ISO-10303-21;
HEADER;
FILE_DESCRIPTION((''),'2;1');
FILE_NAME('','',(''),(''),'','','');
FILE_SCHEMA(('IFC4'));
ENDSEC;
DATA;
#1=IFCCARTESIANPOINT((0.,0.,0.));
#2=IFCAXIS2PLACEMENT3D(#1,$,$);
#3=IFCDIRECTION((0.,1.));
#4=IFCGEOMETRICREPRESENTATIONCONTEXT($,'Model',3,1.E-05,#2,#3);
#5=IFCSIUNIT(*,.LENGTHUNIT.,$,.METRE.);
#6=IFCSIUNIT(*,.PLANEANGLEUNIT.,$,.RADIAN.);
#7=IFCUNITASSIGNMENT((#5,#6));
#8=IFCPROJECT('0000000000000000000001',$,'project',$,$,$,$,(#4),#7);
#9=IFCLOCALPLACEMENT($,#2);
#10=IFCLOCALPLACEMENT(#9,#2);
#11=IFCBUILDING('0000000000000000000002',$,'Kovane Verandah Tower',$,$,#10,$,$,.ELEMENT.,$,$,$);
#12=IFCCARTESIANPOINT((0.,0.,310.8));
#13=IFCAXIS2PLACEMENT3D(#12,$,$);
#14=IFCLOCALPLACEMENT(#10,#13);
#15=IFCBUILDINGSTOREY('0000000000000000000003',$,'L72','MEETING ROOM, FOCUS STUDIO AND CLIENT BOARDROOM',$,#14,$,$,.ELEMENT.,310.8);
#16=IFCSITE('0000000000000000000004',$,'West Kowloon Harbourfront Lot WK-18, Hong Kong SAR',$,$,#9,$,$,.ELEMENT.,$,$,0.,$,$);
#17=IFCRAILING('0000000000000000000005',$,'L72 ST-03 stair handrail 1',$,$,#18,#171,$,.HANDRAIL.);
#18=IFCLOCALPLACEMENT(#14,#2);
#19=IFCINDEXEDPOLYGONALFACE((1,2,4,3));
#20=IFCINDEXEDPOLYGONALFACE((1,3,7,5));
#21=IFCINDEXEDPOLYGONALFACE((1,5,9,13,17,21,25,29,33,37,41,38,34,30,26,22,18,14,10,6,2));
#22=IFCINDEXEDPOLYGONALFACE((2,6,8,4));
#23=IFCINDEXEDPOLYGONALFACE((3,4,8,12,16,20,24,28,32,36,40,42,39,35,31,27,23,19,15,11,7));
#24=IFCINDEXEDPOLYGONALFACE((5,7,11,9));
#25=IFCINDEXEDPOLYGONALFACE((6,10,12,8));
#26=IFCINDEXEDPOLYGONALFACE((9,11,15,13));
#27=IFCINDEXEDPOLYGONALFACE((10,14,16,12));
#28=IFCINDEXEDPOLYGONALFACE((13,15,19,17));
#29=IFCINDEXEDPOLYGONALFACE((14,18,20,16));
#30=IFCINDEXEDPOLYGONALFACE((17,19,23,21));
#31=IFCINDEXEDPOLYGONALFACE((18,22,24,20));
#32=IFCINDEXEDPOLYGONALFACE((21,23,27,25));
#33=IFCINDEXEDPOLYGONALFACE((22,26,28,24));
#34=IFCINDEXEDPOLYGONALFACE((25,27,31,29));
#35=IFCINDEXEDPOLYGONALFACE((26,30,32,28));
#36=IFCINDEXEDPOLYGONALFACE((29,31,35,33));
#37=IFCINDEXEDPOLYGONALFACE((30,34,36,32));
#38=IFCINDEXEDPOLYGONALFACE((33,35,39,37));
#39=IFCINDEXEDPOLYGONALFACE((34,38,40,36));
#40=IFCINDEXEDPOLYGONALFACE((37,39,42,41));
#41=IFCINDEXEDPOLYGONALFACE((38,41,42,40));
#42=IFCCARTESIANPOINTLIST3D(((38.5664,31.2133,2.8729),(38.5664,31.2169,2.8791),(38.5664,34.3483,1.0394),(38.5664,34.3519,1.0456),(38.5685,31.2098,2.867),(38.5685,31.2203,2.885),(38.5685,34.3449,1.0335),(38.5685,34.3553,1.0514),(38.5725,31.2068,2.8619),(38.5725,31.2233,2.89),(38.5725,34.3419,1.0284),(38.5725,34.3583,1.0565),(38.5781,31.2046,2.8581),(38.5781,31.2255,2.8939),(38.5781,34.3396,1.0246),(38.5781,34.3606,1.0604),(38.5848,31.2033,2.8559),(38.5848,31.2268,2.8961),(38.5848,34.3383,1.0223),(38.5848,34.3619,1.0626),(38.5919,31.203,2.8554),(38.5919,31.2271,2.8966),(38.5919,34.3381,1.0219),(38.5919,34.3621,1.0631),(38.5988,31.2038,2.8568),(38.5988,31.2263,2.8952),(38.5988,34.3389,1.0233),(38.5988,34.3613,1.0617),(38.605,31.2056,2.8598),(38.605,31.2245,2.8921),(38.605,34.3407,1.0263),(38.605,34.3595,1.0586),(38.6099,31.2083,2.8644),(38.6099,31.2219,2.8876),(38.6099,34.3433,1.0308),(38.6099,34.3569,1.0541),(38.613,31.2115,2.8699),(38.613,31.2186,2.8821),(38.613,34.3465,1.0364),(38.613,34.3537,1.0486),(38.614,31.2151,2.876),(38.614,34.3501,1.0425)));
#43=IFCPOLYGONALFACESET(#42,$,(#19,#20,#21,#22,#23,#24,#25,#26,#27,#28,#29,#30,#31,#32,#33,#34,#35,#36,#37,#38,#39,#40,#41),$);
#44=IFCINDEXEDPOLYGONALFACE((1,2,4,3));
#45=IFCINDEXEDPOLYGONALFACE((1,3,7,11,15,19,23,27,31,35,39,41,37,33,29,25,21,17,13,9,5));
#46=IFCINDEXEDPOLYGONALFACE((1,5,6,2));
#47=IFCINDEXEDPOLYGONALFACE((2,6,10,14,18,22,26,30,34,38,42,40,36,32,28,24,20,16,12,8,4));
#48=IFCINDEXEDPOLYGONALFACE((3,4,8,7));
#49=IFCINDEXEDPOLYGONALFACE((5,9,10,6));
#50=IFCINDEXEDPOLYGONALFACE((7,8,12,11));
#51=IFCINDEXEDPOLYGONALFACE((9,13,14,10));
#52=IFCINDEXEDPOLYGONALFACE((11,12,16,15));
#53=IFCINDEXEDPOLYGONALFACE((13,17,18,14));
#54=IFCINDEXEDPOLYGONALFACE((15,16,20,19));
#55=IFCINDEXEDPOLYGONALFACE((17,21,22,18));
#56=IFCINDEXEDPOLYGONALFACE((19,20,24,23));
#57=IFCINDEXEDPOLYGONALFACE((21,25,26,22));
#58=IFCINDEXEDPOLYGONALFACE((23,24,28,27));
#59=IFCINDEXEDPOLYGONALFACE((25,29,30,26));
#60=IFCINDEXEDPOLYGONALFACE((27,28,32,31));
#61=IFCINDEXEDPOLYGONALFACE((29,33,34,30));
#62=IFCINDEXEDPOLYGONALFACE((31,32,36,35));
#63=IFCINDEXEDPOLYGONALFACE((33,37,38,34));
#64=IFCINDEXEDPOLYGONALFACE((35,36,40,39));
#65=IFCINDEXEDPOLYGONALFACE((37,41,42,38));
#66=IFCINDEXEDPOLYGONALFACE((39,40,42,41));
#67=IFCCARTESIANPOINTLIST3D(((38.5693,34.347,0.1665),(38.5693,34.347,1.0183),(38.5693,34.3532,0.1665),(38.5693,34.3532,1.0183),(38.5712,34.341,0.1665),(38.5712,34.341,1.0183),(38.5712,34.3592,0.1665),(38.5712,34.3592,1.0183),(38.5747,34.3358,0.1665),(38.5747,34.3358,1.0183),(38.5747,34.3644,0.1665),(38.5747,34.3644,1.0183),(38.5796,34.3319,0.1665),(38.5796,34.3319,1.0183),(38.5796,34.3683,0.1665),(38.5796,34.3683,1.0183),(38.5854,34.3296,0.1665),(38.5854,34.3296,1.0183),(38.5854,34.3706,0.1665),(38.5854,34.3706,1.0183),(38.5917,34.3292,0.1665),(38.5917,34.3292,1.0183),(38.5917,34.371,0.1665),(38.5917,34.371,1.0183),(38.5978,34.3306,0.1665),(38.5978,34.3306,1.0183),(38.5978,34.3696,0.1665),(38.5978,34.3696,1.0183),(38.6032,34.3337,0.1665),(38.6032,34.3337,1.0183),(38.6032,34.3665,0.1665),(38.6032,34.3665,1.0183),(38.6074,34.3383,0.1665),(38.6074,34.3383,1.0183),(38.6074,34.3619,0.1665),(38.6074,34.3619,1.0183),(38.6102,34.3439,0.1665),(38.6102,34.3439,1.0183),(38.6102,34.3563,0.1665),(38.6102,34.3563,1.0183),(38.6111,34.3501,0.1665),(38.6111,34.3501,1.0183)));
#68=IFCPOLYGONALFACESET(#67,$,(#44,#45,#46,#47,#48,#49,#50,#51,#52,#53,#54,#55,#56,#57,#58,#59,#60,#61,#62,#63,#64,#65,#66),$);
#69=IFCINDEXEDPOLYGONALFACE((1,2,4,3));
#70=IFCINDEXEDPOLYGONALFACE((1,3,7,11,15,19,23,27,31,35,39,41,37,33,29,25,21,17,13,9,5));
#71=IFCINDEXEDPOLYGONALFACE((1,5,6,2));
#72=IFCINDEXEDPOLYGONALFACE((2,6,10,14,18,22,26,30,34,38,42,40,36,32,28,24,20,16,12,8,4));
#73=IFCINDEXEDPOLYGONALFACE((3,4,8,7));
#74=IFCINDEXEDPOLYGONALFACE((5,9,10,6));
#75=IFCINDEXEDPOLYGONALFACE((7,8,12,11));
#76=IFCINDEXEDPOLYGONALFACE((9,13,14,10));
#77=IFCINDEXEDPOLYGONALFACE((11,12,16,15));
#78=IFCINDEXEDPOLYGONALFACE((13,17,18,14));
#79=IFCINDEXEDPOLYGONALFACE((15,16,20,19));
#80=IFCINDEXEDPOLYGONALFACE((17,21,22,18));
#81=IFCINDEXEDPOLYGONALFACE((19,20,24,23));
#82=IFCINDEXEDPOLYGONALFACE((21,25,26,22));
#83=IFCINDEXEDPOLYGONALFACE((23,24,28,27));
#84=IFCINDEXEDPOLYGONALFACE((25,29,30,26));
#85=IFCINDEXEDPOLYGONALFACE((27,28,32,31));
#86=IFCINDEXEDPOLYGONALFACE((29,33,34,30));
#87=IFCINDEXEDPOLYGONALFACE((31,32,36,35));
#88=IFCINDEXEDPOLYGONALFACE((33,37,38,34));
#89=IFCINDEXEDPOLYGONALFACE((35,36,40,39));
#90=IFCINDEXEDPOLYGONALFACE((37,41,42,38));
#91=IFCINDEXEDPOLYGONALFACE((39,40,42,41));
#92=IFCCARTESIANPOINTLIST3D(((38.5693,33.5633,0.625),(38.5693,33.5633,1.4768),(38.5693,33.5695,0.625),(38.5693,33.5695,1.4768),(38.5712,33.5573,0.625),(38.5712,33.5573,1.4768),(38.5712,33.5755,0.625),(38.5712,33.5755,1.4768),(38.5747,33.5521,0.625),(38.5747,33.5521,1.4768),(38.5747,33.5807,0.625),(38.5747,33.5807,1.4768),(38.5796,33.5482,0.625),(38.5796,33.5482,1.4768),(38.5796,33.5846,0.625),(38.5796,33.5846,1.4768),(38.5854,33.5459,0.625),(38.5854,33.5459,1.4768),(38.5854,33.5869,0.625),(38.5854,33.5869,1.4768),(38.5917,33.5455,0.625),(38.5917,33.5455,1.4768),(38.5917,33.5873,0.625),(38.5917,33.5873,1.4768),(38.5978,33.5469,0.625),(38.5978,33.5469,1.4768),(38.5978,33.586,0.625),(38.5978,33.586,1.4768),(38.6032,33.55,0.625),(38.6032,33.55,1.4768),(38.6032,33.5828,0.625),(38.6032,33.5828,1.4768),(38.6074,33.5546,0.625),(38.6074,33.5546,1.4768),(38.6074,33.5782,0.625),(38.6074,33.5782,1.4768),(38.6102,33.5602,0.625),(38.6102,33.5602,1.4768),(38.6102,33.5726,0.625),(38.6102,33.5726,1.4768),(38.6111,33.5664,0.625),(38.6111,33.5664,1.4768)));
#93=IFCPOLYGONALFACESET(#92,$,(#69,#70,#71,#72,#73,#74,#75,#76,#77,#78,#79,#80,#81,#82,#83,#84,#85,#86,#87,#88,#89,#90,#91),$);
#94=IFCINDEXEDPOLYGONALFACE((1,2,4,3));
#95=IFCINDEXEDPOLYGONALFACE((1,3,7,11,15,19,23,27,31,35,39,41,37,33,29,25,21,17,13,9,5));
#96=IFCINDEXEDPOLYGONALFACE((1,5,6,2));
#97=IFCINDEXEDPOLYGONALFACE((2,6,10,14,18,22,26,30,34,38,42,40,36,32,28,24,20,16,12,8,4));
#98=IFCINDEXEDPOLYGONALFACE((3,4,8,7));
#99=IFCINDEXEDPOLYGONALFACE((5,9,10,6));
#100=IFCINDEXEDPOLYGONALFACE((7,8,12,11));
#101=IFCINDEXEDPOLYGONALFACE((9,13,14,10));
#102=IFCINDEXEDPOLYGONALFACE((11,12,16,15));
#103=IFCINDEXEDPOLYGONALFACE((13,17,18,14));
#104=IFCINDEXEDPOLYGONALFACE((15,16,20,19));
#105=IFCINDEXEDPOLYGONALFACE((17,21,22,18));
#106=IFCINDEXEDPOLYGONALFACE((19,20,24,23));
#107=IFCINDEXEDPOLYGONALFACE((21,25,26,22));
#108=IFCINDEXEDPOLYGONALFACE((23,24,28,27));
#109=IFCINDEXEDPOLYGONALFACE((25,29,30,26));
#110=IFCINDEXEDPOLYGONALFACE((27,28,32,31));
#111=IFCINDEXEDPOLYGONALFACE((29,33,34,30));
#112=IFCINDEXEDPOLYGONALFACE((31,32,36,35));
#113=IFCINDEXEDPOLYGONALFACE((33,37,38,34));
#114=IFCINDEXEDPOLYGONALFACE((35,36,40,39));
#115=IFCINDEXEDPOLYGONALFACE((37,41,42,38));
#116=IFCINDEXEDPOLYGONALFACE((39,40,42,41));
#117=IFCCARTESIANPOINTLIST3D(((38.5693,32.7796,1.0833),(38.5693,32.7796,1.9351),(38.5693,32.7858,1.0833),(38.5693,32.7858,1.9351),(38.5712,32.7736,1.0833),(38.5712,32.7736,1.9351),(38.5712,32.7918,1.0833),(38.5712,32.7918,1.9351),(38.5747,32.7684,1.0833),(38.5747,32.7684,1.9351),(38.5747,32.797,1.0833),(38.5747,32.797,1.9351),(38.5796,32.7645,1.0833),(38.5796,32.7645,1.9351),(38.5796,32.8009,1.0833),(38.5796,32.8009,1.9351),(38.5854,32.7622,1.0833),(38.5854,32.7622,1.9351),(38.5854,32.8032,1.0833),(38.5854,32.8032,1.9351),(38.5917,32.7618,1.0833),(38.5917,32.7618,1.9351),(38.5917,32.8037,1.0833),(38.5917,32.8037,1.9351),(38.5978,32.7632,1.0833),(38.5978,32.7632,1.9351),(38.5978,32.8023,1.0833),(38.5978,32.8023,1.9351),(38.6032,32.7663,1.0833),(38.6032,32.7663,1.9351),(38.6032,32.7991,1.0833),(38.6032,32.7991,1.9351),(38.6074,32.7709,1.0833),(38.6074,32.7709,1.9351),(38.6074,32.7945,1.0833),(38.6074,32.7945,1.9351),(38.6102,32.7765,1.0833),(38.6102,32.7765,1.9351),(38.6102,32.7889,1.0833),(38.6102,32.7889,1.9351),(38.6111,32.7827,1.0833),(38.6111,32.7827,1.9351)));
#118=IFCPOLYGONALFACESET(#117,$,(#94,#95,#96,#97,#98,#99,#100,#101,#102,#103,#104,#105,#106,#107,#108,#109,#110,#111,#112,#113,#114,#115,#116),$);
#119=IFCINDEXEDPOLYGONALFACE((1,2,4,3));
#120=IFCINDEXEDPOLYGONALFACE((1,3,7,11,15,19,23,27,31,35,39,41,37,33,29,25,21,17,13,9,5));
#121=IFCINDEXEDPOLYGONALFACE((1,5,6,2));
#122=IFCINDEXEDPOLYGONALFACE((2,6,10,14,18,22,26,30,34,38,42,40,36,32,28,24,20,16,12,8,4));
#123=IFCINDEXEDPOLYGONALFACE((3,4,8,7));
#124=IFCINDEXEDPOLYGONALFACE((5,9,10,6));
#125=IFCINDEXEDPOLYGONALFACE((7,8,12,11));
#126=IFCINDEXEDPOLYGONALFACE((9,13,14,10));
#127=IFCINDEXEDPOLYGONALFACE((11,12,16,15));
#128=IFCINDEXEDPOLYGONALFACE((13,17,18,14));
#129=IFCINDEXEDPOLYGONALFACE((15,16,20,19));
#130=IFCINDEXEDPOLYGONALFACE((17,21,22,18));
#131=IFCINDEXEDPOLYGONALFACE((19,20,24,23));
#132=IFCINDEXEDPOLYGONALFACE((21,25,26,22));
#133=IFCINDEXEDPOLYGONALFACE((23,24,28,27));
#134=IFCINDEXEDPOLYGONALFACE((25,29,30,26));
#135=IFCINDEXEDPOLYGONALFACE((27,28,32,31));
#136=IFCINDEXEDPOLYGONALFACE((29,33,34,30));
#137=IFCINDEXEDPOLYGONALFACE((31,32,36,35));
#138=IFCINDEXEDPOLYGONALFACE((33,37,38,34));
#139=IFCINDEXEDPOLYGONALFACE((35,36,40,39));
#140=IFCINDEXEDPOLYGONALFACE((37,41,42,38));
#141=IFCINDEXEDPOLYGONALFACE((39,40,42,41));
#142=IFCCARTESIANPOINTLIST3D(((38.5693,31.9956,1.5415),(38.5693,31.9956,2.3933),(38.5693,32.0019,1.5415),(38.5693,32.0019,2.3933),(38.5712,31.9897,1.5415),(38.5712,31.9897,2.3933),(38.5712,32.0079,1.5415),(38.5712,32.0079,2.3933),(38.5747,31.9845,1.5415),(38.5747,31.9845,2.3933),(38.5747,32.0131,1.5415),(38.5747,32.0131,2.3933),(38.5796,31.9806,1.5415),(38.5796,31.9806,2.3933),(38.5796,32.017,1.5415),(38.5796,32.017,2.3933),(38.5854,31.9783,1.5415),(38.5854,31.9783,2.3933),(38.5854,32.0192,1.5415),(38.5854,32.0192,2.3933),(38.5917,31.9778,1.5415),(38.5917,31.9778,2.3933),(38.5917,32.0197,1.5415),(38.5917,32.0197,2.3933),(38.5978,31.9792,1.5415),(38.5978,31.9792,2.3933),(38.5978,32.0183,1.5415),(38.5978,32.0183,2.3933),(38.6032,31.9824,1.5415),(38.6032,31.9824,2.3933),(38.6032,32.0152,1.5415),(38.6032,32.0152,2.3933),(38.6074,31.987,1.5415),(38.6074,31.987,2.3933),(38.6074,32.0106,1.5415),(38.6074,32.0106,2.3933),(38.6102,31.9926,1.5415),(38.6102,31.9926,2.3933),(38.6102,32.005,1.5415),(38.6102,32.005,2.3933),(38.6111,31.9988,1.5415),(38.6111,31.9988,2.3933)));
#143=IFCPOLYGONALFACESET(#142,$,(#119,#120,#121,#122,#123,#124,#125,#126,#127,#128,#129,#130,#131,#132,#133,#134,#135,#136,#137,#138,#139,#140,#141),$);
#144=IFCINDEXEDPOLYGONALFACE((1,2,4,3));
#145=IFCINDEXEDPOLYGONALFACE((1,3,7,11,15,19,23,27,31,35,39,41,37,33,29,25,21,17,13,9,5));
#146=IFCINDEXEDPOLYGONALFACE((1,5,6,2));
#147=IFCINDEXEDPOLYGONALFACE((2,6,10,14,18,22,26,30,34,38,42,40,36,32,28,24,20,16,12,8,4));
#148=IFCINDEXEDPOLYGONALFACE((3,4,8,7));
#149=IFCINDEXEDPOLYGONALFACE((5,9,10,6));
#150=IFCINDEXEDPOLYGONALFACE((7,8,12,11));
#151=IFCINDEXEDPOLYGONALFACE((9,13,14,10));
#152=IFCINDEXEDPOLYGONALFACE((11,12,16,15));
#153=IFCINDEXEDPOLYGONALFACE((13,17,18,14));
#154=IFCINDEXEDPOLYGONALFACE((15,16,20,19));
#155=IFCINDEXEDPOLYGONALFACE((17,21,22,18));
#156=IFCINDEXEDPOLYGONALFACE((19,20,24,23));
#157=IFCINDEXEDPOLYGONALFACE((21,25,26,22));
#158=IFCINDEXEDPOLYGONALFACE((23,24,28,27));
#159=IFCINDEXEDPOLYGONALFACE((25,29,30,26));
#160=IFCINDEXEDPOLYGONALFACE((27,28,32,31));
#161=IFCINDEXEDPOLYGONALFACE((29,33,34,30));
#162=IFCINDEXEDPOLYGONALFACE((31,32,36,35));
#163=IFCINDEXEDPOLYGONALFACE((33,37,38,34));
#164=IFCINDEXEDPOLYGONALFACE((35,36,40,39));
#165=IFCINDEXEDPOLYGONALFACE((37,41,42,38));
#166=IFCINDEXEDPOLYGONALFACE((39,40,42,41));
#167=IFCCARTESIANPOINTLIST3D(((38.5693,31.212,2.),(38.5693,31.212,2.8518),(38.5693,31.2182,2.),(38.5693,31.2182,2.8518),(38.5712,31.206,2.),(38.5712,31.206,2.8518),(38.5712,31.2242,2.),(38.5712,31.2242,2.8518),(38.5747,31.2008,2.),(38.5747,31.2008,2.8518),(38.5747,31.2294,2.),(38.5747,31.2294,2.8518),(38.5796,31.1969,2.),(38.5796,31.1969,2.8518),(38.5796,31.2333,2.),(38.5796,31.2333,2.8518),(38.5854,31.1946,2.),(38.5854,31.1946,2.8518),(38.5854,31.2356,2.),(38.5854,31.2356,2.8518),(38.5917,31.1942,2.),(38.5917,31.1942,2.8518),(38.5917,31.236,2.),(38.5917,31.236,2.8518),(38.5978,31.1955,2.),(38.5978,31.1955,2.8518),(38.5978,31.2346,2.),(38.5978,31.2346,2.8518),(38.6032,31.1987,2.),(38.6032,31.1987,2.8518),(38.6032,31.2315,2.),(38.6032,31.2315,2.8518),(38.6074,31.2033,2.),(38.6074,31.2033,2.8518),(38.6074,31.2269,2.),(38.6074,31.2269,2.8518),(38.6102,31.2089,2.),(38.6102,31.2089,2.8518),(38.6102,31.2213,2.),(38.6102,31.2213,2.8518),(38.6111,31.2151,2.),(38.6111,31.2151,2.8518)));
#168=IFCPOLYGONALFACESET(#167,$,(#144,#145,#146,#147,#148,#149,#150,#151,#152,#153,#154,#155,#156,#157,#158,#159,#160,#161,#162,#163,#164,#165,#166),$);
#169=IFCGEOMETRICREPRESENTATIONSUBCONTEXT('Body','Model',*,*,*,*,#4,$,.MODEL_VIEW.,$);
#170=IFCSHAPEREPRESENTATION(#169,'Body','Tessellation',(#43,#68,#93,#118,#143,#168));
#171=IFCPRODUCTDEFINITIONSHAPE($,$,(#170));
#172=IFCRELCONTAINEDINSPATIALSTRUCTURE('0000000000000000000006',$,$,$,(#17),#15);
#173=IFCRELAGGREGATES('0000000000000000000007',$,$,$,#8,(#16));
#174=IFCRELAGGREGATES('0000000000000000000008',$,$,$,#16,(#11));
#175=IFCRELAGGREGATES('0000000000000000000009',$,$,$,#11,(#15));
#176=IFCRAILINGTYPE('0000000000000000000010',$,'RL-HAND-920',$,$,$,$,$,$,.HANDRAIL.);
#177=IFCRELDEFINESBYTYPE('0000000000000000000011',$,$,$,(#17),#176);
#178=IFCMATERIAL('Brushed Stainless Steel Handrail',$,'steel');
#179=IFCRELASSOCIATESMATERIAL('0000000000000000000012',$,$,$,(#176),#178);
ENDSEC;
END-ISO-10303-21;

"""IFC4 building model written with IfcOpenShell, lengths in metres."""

from ifc_helpers import new_model, si_unit, direction, frame, origin, origin_2d, place, context, subcontext, project, spatial, circle, extrude, material, type_object, element, save


model = new_model("IFC4")

# Units and contexts
model_context = context("Model", 3, precision=1e-05, world=origin(), true_north=direction((0.0, 1.0)))
body_context = subcontext(model_context, "Body", "Model", "MODEL_VIEW")
ifc_project = project(units=[si_unit("LENGTHUNIT", "METRE"), si_unit("PLANEANGLEUNIT", "RADIAN")], contexts=[model_context])

# Site, building, storey
site_placement = place(None, origin())
site = spatial("IfcSite", under=ifc_project, at=site_placement, Name="West Kowloon Harbourfront Lot WK-18, Hong Kong SAR", CompositionType="ELEMENT", RefElevation=0.0)
building_placement = place(site_placement, origin())
building = spatial("IfcBuilding", under=site, at=building_placement, Name="Kovane Verandah Tower", CompositionType="ELEMENT")
storey_placement = place(building_placement, frame((0.0, 0.0, 310.8)))
storey = spatial("IfcBuildingStorey", under=building, at=storey_placement, Name="L72", Description="MEETING ROOM, FOCUS STUDIO AND CLIENT BOARDROOM", CompositionType="ELEMENT", Elevation=310.8)

# Railing
ifc_material_1 = material(Name="Brushed Stainless Steel Handrail", Category="steel")
railing_type_1 = type_object("IfcRailingType", Name="RL-HAND-920", PredefinedType="HANDRAIL", material=ifc_material_1)
railing_1_placement = place(storey_placement, frame((38.5901, 34.3501, 0.1665)))
element("IfcRailing", 1, at=railing_1_placement, inside=storey, type_object=railing_type_1, Name="L72 ST-03 stair handrail 1", PredefinedType="HANDRAIL", context=body_context, shape_type="SweptSolid", body=[
    extrude(circle(Radius=0.0239, at=origin_2d()), frame((0.0, 0.0, 0.876), z_axis=(0.0, -0.86321, 0.504845), x_axis=(1.0, 0.0, 0.0)), (0.0, 0.0, 1.0), 3.6318),
    extrude(circle(Radius=0.021, at=origin_2d()), origin(), (0.0, 0.0, 1.0), 0.8518),
    extrude(circle(Radius=0.021, at=origin_2d()), frame((0.0, -0.7837, 0.4585)), (0.0, 0.0, 1.0), 0.8518),
    extrude(circle(Radius=0.021, at=origin_2d()), frame((0.0, -1.5674, 0.9167)), (0.0, 0.0, 1.0), 0.8518),
    extrude(circle(Radius=0.021, at=origin_2d()), frame((0.0, -2.3513, 1.375)), (0.0, 0.0, 1.0), 0.8518),
    extrude(circle(Radius=0.021, at=origin_2d()), frame((0.0, -3.135, 1.8335)), (0.0, 0.0, 1.0), 0.8518),
])

save(model, "model.ifc")
